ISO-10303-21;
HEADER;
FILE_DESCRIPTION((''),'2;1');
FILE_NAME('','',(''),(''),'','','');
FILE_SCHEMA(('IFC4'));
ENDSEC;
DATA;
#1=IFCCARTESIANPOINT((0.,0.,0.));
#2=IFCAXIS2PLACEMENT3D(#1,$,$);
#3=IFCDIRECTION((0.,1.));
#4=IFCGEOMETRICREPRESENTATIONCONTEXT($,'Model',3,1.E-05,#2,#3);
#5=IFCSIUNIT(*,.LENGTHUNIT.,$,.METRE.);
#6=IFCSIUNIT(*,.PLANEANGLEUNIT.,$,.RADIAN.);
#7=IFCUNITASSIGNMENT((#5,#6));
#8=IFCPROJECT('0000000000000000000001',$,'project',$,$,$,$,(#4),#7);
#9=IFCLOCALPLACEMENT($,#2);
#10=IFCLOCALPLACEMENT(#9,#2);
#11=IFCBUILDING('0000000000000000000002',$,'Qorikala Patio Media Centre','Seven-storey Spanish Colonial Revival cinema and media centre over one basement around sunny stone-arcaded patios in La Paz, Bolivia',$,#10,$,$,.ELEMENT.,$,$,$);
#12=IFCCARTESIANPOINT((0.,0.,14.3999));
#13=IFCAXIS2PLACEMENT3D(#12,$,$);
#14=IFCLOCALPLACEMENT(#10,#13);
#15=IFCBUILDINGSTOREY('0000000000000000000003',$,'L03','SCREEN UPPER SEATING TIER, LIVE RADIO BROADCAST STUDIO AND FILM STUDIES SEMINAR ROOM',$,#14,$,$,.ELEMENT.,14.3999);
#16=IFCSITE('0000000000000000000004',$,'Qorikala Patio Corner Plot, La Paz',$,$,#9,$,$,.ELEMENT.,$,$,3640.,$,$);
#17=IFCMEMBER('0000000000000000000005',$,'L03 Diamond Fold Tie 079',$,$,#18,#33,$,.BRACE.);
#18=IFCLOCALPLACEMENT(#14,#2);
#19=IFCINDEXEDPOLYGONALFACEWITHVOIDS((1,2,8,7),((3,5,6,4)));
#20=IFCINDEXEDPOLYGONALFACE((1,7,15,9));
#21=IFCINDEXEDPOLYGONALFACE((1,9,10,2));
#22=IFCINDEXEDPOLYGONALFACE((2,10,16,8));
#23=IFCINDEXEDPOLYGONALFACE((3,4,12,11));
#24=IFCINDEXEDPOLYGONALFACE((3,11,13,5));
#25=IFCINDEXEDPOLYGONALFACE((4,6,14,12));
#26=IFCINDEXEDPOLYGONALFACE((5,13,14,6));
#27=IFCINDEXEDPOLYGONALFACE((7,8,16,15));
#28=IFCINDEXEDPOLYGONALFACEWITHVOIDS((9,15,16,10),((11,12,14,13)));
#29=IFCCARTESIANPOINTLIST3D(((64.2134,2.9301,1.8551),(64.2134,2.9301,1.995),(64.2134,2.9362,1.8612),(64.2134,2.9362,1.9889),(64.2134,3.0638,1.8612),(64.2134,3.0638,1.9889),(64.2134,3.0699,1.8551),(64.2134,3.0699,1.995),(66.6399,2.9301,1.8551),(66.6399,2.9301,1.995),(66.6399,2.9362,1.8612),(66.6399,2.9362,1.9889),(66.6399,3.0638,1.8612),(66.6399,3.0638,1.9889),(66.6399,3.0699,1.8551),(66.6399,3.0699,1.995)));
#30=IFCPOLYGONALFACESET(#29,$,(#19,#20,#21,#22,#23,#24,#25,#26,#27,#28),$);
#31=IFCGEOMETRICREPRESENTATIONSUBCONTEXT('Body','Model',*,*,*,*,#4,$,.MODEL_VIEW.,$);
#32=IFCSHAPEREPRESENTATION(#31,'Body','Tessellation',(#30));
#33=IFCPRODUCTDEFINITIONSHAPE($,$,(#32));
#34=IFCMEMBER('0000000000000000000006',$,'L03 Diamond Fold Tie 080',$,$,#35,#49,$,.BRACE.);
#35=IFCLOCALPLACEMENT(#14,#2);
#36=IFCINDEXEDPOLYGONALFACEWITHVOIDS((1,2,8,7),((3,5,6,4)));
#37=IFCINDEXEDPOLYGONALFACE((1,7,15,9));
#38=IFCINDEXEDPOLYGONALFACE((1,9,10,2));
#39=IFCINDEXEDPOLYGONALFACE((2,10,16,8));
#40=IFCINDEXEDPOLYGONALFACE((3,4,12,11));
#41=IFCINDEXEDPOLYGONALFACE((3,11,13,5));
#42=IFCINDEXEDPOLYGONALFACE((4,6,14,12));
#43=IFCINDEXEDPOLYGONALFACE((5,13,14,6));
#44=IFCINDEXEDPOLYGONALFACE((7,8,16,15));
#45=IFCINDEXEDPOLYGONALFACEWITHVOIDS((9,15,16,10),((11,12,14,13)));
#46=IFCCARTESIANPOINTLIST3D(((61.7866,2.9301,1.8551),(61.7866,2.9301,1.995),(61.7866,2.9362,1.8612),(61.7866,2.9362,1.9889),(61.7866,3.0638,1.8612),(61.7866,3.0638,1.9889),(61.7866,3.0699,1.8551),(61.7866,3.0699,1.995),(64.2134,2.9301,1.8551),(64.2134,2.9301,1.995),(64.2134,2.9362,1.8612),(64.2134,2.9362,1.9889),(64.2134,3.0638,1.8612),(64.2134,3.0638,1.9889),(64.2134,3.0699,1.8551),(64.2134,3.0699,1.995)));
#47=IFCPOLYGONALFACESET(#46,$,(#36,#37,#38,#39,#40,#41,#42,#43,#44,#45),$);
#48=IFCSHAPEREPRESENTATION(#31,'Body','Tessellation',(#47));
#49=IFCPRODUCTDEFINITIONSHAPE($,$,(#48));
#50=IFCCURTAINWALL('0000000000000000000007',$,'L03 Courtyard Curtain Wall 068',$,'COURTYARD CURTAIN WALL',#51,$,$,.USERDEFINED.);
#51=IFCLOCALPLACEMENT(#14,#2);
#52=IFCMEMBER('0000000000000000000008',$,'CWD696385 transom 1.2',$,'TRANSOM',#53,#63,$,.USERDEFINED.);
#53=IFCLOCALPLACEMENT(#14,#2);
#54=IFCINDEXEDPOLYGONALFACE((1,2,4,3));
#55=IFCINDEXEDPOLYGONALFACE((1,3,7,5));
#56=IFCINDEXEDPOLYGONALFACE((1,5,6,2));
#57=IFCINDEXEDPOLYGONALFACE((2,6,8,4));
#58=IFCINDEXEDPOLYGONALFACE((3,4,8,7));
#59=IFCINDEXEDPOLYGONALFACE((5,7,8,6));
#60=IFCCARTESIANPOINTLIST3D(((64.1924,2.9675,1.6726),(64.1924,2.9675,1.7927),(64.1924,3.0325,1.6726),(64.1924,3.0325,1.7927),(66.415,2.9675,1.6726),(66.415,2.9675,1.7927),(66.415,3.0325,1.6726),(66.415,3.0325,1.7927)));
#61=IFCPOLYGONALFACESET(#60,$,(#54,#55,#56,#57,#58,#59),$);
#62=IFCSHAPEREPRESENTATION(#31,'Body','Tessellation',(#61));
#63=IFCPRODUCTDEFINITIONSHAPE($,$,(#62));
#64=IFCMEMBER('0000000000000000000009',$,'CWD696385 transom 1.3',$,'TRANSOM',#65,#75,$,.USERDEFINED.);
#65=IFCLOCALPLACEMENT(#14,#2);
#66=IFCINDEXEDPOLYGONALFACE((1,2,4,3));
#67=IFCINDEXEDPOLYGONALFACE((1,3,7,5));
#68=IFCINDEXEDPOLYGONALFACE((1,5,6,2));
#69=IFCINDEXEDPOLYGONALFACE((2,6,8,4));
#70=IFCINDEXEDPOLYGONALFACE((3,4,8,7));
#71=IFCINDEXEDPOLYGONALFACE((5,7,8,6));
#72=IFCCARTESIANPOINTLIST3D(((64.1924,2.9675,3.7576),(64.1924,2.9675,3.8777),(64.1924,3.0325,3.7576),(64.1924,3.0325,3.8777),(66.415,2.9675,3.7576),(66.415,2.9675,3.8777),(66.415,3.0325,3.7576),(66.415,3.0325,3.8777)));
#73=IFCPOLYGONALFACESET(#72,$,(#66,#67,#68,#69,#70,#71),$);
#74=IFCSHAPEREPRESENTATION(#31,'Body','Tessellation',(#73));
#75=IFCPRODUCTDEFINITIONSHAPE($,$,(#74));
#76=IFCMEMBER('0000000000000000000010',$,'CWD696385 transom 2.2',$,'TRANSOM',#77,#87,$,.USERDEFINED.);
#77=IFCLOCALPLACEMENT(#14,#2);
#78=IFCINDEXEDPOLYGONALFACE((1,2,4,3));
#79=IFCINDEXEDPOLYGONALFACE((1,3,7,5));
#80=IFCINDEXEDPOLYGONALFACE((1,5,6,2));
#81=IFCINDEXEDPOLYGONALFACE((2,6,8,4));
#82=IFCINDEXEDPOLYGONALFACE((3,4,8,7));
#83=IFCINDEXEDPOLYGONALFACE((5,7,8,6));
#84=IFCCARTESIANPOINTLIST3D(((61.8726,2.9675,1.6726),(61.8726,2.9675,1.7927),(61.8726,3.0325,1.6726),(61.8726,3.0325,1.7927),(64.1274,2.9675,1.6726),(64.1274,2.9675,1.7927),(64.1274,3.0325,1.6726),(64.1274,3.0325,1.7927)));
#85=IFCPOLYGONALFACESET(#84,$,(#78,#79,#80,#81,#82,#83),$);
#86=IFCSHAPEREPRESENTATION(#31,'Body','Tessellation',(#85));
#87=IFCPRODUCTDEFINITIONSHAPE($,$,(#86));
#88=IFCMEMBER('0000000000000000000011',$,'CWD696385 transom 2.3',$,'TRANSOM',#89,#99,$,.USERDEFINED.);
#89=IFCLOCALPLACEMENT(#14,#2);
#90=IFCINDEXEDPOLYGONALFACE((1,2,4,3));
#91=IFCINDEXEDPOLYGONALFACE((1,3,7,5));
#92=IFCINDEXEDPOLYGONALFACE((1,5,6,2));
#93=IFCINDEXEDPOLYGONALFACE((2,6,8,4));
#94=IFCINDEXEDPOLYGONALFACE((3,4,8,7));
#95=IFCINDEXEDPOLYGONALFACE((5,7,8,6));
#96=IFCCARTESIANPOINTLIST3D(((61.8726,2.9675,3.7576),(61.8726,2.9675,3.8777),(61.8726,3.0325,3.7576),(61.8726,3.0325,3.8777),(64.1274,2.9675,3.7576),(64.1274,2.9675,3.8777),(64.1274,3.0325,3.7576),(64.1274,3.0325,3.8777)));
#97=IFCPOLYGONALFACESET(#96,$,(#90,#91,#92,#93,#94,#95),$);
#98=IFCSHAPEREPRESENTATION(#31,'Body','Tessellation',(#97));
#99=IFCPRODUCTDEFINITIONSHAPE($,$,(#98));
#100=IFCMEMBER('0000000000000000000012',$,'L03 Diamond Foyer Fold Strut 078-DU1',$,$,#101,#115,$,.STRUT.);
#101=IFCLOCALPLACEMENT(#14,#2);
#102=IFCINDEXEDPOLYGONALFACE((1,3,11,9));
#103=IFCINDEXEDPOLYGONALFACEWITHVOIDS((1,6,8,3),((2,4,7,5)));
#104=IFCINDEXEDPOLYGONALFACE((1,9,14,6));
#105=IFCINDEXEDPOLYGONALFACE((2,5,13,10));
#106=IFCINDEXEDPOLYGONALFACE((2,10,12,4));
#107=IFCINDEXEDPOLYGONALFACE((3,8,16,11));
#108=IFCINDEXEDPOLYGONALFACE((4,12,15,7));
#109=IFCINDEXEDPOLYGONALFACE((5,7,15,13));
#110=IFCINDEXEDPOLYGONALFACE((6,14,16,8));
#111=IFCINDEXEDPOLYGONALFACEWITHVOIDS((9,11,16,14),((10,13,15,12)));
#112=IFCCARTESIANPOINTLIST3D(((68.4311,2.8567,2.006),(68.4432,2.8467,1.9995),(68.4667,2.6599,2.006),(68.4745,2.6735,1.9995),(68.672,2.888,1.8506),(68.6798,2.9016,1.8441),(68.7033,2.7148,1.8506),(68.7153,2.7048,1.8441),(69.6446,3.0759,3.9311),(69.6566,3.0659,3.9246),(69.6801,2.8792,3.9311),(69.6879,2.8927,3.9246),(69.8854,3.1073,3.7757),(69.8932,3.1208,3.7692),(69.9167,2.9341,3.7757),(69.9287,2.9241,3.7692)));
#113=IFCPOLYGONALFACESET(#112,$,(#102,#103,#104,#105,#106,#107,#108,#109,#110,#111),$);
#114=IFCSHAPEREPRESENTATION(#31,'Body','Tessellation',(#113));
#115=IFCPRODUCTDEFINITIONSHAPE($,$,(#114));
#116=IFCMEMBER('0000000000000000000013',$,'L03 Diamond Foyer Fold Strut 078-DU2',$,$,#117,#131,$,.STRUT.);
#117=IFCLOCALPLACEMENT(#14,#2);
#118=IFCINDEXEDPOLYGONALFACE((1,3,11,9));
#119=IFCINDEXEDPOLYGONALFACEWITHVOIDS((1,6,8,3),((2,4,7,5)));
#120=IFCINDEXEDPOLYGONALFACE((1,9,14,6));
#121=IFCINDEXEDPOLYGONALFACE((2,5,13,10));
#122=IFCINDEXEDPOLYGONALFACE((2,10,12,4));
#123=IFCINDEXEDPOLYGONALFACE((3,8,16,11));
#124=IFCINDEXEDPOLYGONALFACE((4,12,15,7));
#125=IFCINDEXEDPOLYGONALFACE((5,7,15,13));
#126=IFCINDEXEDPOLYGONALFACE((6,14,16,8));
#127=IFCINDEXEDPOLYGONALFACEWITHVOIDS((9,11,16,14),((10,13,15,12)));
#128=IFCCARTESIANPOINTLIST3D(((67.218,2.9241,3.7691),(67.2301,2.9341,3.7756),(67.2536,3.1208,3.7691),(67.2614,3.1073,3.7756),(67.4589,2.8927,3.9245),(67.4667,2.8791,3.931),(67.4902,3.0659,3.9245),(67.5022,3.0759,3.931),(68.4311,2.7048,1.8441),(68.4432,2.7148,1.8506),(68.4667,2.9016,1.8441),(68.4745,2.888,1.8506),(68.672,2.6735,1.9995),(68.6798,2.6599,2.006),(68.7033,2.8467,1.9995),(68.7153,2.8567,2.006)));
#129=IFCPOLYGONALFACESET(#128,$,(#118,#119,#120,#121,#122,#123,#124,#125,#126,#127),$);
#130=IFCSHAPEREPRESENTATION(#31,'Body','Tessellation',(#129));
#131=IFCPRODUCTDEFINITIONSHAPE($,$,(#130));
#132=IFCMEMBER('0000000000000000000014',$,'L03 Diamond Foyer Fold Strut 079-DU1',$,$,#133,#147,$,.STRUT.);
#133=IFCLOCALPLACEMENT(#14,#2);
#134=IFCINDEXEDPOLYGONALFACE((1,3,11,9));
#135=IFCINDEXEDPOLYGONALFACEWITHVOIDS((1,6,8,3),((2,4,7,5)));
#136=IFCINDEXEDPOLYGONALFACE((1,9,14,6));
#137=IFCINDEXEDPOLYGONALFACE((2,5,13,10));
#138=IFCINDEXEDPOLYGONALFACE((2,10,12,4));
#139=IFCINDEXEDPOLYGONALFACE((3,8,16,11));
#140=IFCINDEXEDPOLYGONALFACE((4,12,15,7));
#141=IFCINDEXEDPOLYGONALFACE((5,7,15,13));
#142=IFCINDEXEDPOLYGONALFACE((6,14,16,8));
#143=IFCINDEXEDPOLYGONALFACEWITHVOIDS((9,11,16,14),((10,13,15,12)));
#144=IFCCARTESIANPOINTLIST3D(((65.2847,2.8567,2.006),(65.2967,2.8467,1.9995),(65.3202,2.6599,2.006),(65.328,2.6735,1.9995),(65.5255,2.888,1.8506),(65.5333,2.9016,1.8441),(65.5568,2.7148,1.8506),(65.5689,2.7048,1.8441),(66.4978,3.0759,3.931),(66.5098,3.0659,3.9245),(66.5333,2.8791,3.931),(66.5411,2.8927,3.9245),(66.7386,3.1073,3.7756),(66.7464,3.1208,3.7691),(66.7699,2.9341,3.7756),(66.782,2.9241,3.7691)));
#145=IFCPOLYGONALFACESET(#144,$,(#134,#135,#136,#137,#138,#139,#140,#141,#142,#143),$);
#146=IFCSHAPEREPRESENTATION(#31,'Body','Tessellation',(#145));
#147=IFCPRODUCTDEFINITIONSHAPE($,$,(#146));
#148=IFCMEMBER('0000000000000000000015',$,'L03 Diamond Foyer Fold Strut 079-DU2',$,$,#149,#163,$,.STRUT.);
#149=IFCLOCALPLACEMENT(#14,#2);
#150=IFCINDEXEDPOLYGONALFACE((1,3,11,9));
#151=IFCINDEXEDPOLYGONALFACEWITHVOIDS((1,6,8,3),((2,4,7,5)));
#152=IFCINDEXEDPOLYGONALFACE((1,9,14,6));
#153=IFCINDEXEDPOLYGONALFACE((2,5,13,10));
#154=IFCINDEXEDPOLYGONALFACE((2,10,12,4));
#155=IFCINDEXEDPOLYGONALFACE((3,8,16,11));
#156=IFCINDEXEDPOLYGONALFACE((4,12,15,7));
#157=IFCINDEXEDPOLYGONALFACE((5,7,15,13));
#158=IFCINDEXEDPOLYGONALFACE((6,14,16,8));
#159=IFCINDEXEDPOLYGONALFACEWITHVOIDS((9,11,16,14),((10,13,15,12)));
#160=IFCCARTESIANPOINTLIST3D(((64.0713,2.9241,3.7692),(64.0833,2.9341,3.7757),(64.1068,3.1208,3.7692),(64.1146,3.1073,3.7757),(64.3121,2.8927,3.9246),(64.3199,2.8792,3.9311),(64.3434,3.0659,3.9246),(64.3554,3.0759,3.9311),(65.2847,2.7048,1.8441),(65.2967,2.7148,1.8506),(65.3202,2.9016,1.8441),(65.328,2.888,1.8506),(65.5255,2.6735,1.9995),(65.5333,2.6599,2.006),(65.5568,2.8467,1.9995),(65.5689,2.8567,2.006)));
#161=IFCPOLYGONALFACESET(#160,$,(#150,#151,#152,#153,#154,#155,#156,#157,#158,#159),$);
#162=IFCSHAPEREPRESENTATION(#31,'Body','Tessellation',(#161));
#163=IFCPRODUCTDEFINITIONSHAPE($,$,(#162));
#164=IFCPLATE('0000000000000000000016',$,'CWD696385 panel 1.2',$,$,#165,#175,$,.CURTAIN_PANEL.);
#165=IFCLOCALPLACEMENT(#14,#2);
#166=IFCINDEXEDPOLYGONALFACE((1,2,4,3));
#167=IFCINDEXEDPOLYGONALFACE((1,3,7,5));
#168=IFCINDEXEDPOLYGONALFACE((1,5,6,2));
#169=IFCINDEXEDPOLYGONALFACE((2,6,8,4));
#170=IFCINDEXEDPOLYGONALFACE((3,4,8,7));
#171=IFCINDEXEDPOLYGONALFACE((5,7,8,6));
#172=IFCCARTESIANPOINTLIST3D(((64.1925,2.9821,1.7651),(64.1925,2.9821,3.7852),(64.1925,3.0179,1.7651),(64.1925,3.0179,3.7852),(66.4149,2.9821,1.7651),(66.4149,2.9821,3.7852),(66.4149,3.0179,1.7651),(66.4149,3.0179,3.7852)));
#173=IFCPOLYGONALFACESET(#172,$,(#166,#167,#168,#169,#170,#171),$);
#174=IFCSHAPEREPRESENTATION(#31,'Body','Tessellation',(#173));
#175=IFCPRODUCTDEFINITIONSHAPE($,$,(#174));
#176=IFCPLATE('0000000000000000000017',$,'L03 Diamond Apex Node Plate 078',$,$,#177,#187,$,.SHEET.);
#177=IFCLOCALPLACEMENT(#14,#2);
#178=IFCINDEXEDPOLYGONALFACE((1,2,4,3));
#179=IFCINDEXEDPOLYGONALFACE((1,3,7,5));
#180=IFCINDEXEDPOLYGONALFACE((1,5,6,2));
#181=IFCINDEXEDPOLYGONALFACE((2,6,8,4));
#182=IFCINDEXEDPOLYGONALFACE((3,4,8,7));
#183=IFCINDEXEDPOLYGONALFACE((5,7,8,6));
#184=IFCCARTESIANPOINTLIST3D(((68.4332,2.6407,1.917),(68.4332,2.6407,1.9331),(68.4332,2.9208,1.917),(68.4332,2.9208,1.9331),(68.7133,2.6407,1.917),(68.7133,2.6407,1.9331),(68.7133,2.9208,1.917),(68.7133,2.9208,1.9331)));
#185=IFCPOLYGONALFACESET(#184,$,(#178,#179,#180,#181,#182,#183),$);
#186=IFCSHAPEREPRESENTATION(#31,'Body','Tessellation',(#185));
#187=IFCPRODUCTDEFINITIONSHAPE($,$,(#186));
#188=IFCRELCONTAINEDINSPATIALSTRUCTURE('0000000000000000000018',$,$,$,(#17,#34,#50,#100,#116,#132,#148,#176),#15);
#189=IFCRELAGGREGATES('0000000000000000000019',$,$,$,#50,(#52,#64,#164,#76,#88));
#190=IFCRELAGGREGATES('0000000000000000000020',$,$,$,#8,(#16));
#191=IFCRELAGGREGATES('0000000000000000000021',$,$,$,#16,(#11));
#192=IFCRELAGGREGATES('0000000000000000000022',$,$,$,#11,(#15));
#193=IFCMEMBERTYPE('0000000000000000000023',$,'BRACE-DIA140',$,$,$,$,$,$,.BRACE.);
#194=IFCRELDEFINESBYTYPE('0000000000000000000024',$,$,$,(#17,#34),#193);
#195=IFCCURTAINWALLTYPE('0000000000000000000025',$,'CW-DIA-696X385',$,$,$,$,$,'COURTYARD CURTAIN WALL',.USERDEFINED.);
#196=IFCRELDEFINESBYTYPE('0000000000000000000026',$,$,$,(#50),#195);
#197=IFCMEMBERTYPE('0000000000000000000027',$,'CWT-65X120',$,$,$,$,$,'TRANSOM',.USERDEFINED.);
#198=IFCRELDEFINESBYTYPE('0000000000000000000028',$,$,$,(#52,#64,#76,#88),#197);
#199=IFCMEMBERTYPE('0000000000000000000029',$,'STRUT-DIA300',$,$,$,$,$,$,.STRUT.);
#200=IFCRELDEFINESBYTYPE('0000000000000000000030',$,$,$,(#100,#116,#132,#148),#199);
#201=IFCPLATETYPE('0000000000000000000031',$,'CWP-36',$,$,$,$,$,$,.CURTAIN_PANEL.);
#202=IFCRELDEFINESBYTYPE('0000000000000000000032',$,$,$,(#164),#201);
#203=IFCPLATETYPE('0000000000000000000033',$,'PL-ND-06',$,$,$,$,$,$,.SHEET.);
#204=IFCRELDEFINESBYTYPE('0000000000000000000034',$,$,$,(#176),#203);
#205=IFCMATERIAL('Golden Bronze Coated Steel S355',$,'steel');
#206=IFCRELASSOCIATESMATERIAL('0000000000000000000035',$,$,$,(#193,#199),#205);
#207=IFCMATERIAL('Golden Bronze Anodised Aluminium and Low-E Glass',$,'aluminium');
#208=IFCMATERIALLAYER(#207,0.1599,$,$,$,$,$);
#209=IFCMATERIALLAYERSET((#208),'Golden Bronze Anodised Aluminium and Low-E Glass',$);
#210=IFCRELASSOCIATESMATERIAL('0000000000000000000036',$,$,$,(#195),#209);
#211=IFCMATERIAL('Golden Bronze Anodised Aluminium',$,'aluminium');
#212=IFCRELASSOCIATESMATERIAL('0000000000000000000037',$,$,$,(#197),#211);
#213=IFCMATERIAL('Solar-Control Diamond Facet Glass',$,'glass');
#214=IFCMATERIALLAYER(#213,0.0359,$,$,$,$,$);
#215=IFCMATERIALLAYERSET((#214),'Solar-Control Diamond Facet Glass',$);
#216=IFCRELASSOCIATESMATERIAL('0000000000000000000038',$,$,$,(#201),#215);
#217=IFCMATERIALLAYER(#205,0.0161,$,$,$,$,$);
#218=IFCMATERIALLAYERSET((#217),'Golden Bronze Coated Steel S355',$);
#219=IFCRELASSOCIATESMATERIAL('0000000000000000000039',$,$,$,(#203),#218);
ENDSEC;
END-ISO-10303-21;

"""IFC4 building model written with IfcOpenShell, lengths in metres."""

from ifc_helpers import new_model, si_unit, direction, frame, origin, origin_2d, place, context, subcontext, project, spatial, rectangle, hollow_rectangle, extrude, material, layer, layer_set, material_profile, profile_set, type_object, element, aggregate, save


model = new_model("IFC4")

# Units and contexts
model_context = context("Model", 3, precision=1e-05, world=origin(), true_north=direction((0.0, 1.0)))
body_context = subcontext(model_context, "Body", "Model", "MODEL_VIEW")
ifc_project = project(units=[si_unit("LENGTHUNIT", "METRE"), si_unit("PLANEANGLEUNIT", "RADIAN")], contexts=[model_context])

# Site, building, storey
site_placement = place(None, origin())
site = spatial("IfcSite", under=ifc_project, at=site_placement, Name="Qorikala Patio Corner Plot, La Paz", CompositionType="ELEMENT", RefElevation=3640.0)
building_placement = place(site_placement, origin())
building = spatial("IfcBuilding", under=site, at=building_placement, Name="Qorikala Patio Media Centre", Description="Seven-storey Spanish Colonial Revival cinema and media centre over one basement around sunny stone-arcaded patios in La Paz, Bolivia", CompositionType="ELEMENT")
storey_placement = place(building_placement, frame((0.0, 0.0, 14.3999)))
storey = spatial("IfcBuildingStorey", under=building, at=storey_placement, Name="L03", Description="SCREEN UPPER SEATING TIER, LIVE RADIO BROADCAST STUDIO AND FILM STUDIES SEMINAR ROOM", CompositionType="ELEMENT", Elevation=14.3999)

# Members
ifc_material_1 = material(Name="Golden Bronze Coated Steel S355", Category="steel")
ifc_material_profile_1 = material_profile(ifc_material_1, hollow_rectangle(XDim=0.1399, YDim=0.1399, WallThickness=0.0061, at=origin_2d()), Name="HSS140X140X6")
ifc_profile_set_1 = profile_set([ifc_material_profile_1], Name="Golden Bronze Coated Steel S355")
member_type_1 = type_object("IfcMemberType", Name="BRACE-DIA140", PredefinedType="BRACE", material=ifc_profile_set_1)
member_1_placement = place(storey_placement, frame((66.6399, 3.0, 1.925), z_axis=(-1.0, 0.0, 0.0), x_axis=(0.0, -1.0, 0.0)))
element("IfcMember", 1, at=member_1_placement, inside=storey, type_object=member_type_1, Name="L03 Diamond Fold Tie 079", PredefinedType="BRACE", context=body_context, shape_type="SweptSolid", body=[
    extrude(hollow_rectangle(XDim=0.1399, YDim=0.1399, WallThickness=0.0061, at=origin_2d()), origin(), (0.0, 0.0, 1.0), 2.4265),
])
member_2_placement = place(storey_placement, frame((64.2134, 3.0, 1.925), z_axis=(-1.0, 0.0, 0.0), x_axis=(0.0, -1.0, 0.0)))
element("IfcMember", 2, at=member_2_placement, inside=storey, type_object=member_type_1, Name="L03 Diamond Fold Tie 080", PredefinedType="BRACE", context=body_context, shape_type="SweptSolid", body=[
    extrude(hollow_rectangle(XDim=0.1399, YDim=0.1399, WallThickness=0.0061, at=origin_2d()), origin(), (0.0, 0.0, 1.0), 2.4268),
])

# Curtain wall, members
ifc_material_2 = material(Name="Golden Bronze Anodised Aluminium and Low-E Glass", Category="aluminium")
ifc_layer_1 = layer(ifc_material_2, 0.1599)
ifc_layer_set_1 = layer_set([ifc_layer_1], Name="Golden Bronze Anodised Aluminium and Low-E Glass")
curtain_wall_type = type_object("IfcCurtainWallType", Name="CW-DIA-696X385", ElementType="COURTYARD CURTAIN WALL", PredefinedType="USERDEFINED", material=ifc_layer_set_1)
curtain_wall_placement = place(storey_placement, origin())
curtain_wall = element("IfcCurtainWall", 3, at=curtain_wall_placement, inside=storey, type_object=curtain_wall_type, Name="L03 Courtyard Curtain Wall 068", ObjectType="COURTYARD CURTAIN WALL", PredefinedType="USERDEFINED")
ifc_material_3 = material(Name="Golden Bronze Anodised Aluminium", Category="aluminium")
ifc_material_profile_2 = material_profile(ifc_material_3, rectangle(XDim=0.0649, YDim=0.1201, at=origin_2d()), Name="ALU TRANSOM 65x120")
ifc_profile_set_2 = profile_set([ifc_material_profile_2], Name="Golden Bronze Anodised Aluminium")
member_type_2 = type_object("IfcMemberType", Name="CWT-65X120", ElementType="TRANSOM", PredefinedType="USERDEFINED", material=ifc_profile_set_2)
member_3_placement = place(storey_placement, frame((66.415, 3.0, 1.7327), z_axis=(-1.0, 0.0, 0.0), x_axis=(0.0, -1.0, 0.0)))
member_3 = element("IfcMember", 4, at=member_3_placement, type_object=member_type_2, Name="CWD696385 transom 1.2", ObjectType="TRANSOM", PredefinedType="USERDEFINED", context=body_context, shape_type="SweptSolid", body=[
    extrude(rectangle(XDim=0.0649, YDim=0.1201, at=origin_2d()), origin(), (0.0, 0.0, 1.0), 2.2227),
])
member_4_placement = place(storey_placement, frame((66.415, 3.0, 3.8176), z_axis=(-1.0, 0.0, 0.0), x_axis=(0.0, -1.0, 0.0)))
member_4 = element("IfcMember", 5, at=member_4_placement, type_object=member_type_2, Name="CWD696385 transom 1.3", ObjectType="TRANSOM", PredefinedType="USERDEFINED", context=body_context, shape_type="SweptSolid", body=[
    extrude(rectangle(XDim=0.0649, YDim=0.1201, at=origin_2d()), origin(), (0.0, 0.0, 1.0), 2.2227),
])
member_5_placement = place(storey_placement, frame((64.1274, 3.0, 1.7327), z_axis=(-1.0, 0.0, 0.0), x_axis=(0.0, -1.0, 0.0)))
member_5 = element("IfcMember", 6, at=member_5_placement, type_object=member_type_2, Name="CWD696385 transom 2.2", ObjectType="TRANSOM", PredefinedType="USERDEFINED", context=body_context, shape_type="SweptSolid", body=[
    extrude(rectangle(XDim=0.0649, YDim=0.1201, at=origin_2d()), origin(), (0.0, 0.0, 1.0), 2.2549),
])
member_6_placement = place(storey_placement, frame((64.1274, 3.0, 3.8176), z_axis=(-1.0, 0.0, 0.0), x_axis=(0.0, -1.0, 0.0)))
member_6 = element("IfcMember", 7, at=member_6_placement, type_object=member_type_2, Name="CWD696385 transom 2.3", ObjectType="TRANSOM", PredefinedType="USERDEFINED", context=body_context, shape_type="SweptSolid", body=[
    extrude(rectangle(XDim=0.0649, YDim=0.1201, at=origin_2d()), origin(), (0.0, 0.0, 1.0), 2.2549),
])

# Members
ifc_material_profile_3 = material_profile(ifc_material_1, hollow_rectangle(XDim=0.2, YDim=0.3, WallThickness=0.012, at=origin_2d()), Name="HSS300X200X12")
ifc_profile_set_3 = profile_set([ifc_material_profile_3], Name="Golden Bronze Coated Steel S355")
member_type_3 = type_object("IfcMemberType", Name="STRUT-DIA300", PredefinedType="STRUT", material=ifc_profile_set_3)
member_7_placement = place(storey_placement, frame((68.5732, 2.7808, 1.925), z_axis=(0.530768, 0.095901, 0.842074), x_axis=(-0.177805, 0.984066, 0.0)))
element("IfcMember", 8, at=member_7_placement, inside=storey, type_object=member_type_3, Name="L03 Diamond Foyer Fold Strut 078-DU1", PredefinedType="STRUT", context=body_context, shape_type="SweptSolid", body=[
    extrude(hollow_rectangle(XDim=0.2, YDim=0.3, WallThickness=0.012, at=origin_2d()), origin(), (0.0, 0.0, 1.0), 2.2861),
])
for number, where, z_axis, x_axis, name in (
    (9, (68.5732, 2.7808, 1.925), (-0.530691, 0.095907, 0.842121), (-0.17784, -0.984059, 0.0), "L03 Diamond Foyer Fold Strut 078-DU2"),
    (10, (65.4268, 2.7808, 1.925), (0.530691, 0.095907, 0.842121), (-0.17784, 0.984059, 0.0), "L03 Diamond Foyer Fold Strut 079-DU1"),
):
    element("IfcMember", number, at=place(storey_placement, frame(where, z_axis=z_axis, x_axis=x_axis)), inside=storey, type_object=member_type_3, Name=name, PredefinedType="STRUT", context=body_context, shape_type="SweptSolid", body=[
        extrude(hollow_rectangle(XDim=0.2, YDim=0.3, WallThickness=0.012, at=origin_2d()), origin(), (0.0, 0.0, 1.0), 2.2859),
    ])
member_8_placement = place(storey_placement, frame((65.4268, 2.7808, 1.925), z_axis=(-0.530768, 0.095901, 0.842074), x_axis=(-0.177805, -0.984066, 0.0)))
element("IfcMember", 11, at=member_8_placement, inside=storey, type_object=member_type_3, Name="L03 Diamond Foyer Fold Strut 079-DU2", PredefinedType="STRUT", context=body_context, shape_type="SweptSolid", body=[
    extrude(hollow_rectangle(XDim=0.2, YDim=0.3, WallThickness=0.012, at=origin_2d()), origin(), (0.0, 0.0, 1.0), 2.2861),
])

# Plate
ifc_material_4 = material(Name="Solar-Control Diamond Facet Glass", Category="glass")
ifc_layer_2 = layer(ifc_material_4, 0.0359)
ifc_layer_set_2 = layer_set([ifc_layer_2], Name="Solar-Control Diamond Facet Glass")
plate_type_1 = type_object("IfcPlateType", Name="CWP-36", PredefinedType="CURTAIN_PANEL", material=ifc_layer_set_2)
plate_placement = place(storey_placement, frame((65.3037, 3.0, 1.7651), z_axis=(0.0, 0.0, 1.0), x_axis=(-1.0, 0.0, 0.0)))
plate = element("IfcPlate", 12, at=plate_placement, type_object=plate_type_1, Name="CWD696385 panel 1.2", PredefinedType="CURTAIN_PANEL", context=body_context, shape_type="SweptSolid", body=[
    extrude(rectangle(XDim=2.2224, YDim=0.0359, at=origin_2d()), origin(), (0.0, 0.0, 1.0), 2.02),
])
aggregate(curtain_wall, [member_3, member_4, plate, member_5, member_6])

# Plate
ifc_layer_3 = layer(ifc_material_1, 0.0161)
ifc_layer_set_3 = layer_set([ifc_layer_3], Name="Golden Bronze Coated Steel S355")
plate_type_2 = type_object("IfcPlateType", Name="PL-ND-06", PredefinedType="SHEET", material=ifc_layer_set_3)
for number, where, z_axis, x_axis, name in (
    (13, (68.5732, 2.7808, 1.917), (0.0, 0.0, 1.0), (-1.0, 0.0, 0.0), "L03 Diamond Apex Node Plate 078"),
):
    element("IfcPlate", number, at=place(storey_placement, frame(where, z_axis=z_axis, x_axis=x_axis)), inside=storey, type_object=plate_type_2, Name=name, PredefinedType="SHEET", context=body_context, shape_type="SweptSolid", body=[
        extrude(rectangle(XDim=0.28, YDim=0.28, at=origin_2d()), origin(), (0.0, 0.0, 1.0), 0.0161),
    ])

save(model, "model.ifc")
